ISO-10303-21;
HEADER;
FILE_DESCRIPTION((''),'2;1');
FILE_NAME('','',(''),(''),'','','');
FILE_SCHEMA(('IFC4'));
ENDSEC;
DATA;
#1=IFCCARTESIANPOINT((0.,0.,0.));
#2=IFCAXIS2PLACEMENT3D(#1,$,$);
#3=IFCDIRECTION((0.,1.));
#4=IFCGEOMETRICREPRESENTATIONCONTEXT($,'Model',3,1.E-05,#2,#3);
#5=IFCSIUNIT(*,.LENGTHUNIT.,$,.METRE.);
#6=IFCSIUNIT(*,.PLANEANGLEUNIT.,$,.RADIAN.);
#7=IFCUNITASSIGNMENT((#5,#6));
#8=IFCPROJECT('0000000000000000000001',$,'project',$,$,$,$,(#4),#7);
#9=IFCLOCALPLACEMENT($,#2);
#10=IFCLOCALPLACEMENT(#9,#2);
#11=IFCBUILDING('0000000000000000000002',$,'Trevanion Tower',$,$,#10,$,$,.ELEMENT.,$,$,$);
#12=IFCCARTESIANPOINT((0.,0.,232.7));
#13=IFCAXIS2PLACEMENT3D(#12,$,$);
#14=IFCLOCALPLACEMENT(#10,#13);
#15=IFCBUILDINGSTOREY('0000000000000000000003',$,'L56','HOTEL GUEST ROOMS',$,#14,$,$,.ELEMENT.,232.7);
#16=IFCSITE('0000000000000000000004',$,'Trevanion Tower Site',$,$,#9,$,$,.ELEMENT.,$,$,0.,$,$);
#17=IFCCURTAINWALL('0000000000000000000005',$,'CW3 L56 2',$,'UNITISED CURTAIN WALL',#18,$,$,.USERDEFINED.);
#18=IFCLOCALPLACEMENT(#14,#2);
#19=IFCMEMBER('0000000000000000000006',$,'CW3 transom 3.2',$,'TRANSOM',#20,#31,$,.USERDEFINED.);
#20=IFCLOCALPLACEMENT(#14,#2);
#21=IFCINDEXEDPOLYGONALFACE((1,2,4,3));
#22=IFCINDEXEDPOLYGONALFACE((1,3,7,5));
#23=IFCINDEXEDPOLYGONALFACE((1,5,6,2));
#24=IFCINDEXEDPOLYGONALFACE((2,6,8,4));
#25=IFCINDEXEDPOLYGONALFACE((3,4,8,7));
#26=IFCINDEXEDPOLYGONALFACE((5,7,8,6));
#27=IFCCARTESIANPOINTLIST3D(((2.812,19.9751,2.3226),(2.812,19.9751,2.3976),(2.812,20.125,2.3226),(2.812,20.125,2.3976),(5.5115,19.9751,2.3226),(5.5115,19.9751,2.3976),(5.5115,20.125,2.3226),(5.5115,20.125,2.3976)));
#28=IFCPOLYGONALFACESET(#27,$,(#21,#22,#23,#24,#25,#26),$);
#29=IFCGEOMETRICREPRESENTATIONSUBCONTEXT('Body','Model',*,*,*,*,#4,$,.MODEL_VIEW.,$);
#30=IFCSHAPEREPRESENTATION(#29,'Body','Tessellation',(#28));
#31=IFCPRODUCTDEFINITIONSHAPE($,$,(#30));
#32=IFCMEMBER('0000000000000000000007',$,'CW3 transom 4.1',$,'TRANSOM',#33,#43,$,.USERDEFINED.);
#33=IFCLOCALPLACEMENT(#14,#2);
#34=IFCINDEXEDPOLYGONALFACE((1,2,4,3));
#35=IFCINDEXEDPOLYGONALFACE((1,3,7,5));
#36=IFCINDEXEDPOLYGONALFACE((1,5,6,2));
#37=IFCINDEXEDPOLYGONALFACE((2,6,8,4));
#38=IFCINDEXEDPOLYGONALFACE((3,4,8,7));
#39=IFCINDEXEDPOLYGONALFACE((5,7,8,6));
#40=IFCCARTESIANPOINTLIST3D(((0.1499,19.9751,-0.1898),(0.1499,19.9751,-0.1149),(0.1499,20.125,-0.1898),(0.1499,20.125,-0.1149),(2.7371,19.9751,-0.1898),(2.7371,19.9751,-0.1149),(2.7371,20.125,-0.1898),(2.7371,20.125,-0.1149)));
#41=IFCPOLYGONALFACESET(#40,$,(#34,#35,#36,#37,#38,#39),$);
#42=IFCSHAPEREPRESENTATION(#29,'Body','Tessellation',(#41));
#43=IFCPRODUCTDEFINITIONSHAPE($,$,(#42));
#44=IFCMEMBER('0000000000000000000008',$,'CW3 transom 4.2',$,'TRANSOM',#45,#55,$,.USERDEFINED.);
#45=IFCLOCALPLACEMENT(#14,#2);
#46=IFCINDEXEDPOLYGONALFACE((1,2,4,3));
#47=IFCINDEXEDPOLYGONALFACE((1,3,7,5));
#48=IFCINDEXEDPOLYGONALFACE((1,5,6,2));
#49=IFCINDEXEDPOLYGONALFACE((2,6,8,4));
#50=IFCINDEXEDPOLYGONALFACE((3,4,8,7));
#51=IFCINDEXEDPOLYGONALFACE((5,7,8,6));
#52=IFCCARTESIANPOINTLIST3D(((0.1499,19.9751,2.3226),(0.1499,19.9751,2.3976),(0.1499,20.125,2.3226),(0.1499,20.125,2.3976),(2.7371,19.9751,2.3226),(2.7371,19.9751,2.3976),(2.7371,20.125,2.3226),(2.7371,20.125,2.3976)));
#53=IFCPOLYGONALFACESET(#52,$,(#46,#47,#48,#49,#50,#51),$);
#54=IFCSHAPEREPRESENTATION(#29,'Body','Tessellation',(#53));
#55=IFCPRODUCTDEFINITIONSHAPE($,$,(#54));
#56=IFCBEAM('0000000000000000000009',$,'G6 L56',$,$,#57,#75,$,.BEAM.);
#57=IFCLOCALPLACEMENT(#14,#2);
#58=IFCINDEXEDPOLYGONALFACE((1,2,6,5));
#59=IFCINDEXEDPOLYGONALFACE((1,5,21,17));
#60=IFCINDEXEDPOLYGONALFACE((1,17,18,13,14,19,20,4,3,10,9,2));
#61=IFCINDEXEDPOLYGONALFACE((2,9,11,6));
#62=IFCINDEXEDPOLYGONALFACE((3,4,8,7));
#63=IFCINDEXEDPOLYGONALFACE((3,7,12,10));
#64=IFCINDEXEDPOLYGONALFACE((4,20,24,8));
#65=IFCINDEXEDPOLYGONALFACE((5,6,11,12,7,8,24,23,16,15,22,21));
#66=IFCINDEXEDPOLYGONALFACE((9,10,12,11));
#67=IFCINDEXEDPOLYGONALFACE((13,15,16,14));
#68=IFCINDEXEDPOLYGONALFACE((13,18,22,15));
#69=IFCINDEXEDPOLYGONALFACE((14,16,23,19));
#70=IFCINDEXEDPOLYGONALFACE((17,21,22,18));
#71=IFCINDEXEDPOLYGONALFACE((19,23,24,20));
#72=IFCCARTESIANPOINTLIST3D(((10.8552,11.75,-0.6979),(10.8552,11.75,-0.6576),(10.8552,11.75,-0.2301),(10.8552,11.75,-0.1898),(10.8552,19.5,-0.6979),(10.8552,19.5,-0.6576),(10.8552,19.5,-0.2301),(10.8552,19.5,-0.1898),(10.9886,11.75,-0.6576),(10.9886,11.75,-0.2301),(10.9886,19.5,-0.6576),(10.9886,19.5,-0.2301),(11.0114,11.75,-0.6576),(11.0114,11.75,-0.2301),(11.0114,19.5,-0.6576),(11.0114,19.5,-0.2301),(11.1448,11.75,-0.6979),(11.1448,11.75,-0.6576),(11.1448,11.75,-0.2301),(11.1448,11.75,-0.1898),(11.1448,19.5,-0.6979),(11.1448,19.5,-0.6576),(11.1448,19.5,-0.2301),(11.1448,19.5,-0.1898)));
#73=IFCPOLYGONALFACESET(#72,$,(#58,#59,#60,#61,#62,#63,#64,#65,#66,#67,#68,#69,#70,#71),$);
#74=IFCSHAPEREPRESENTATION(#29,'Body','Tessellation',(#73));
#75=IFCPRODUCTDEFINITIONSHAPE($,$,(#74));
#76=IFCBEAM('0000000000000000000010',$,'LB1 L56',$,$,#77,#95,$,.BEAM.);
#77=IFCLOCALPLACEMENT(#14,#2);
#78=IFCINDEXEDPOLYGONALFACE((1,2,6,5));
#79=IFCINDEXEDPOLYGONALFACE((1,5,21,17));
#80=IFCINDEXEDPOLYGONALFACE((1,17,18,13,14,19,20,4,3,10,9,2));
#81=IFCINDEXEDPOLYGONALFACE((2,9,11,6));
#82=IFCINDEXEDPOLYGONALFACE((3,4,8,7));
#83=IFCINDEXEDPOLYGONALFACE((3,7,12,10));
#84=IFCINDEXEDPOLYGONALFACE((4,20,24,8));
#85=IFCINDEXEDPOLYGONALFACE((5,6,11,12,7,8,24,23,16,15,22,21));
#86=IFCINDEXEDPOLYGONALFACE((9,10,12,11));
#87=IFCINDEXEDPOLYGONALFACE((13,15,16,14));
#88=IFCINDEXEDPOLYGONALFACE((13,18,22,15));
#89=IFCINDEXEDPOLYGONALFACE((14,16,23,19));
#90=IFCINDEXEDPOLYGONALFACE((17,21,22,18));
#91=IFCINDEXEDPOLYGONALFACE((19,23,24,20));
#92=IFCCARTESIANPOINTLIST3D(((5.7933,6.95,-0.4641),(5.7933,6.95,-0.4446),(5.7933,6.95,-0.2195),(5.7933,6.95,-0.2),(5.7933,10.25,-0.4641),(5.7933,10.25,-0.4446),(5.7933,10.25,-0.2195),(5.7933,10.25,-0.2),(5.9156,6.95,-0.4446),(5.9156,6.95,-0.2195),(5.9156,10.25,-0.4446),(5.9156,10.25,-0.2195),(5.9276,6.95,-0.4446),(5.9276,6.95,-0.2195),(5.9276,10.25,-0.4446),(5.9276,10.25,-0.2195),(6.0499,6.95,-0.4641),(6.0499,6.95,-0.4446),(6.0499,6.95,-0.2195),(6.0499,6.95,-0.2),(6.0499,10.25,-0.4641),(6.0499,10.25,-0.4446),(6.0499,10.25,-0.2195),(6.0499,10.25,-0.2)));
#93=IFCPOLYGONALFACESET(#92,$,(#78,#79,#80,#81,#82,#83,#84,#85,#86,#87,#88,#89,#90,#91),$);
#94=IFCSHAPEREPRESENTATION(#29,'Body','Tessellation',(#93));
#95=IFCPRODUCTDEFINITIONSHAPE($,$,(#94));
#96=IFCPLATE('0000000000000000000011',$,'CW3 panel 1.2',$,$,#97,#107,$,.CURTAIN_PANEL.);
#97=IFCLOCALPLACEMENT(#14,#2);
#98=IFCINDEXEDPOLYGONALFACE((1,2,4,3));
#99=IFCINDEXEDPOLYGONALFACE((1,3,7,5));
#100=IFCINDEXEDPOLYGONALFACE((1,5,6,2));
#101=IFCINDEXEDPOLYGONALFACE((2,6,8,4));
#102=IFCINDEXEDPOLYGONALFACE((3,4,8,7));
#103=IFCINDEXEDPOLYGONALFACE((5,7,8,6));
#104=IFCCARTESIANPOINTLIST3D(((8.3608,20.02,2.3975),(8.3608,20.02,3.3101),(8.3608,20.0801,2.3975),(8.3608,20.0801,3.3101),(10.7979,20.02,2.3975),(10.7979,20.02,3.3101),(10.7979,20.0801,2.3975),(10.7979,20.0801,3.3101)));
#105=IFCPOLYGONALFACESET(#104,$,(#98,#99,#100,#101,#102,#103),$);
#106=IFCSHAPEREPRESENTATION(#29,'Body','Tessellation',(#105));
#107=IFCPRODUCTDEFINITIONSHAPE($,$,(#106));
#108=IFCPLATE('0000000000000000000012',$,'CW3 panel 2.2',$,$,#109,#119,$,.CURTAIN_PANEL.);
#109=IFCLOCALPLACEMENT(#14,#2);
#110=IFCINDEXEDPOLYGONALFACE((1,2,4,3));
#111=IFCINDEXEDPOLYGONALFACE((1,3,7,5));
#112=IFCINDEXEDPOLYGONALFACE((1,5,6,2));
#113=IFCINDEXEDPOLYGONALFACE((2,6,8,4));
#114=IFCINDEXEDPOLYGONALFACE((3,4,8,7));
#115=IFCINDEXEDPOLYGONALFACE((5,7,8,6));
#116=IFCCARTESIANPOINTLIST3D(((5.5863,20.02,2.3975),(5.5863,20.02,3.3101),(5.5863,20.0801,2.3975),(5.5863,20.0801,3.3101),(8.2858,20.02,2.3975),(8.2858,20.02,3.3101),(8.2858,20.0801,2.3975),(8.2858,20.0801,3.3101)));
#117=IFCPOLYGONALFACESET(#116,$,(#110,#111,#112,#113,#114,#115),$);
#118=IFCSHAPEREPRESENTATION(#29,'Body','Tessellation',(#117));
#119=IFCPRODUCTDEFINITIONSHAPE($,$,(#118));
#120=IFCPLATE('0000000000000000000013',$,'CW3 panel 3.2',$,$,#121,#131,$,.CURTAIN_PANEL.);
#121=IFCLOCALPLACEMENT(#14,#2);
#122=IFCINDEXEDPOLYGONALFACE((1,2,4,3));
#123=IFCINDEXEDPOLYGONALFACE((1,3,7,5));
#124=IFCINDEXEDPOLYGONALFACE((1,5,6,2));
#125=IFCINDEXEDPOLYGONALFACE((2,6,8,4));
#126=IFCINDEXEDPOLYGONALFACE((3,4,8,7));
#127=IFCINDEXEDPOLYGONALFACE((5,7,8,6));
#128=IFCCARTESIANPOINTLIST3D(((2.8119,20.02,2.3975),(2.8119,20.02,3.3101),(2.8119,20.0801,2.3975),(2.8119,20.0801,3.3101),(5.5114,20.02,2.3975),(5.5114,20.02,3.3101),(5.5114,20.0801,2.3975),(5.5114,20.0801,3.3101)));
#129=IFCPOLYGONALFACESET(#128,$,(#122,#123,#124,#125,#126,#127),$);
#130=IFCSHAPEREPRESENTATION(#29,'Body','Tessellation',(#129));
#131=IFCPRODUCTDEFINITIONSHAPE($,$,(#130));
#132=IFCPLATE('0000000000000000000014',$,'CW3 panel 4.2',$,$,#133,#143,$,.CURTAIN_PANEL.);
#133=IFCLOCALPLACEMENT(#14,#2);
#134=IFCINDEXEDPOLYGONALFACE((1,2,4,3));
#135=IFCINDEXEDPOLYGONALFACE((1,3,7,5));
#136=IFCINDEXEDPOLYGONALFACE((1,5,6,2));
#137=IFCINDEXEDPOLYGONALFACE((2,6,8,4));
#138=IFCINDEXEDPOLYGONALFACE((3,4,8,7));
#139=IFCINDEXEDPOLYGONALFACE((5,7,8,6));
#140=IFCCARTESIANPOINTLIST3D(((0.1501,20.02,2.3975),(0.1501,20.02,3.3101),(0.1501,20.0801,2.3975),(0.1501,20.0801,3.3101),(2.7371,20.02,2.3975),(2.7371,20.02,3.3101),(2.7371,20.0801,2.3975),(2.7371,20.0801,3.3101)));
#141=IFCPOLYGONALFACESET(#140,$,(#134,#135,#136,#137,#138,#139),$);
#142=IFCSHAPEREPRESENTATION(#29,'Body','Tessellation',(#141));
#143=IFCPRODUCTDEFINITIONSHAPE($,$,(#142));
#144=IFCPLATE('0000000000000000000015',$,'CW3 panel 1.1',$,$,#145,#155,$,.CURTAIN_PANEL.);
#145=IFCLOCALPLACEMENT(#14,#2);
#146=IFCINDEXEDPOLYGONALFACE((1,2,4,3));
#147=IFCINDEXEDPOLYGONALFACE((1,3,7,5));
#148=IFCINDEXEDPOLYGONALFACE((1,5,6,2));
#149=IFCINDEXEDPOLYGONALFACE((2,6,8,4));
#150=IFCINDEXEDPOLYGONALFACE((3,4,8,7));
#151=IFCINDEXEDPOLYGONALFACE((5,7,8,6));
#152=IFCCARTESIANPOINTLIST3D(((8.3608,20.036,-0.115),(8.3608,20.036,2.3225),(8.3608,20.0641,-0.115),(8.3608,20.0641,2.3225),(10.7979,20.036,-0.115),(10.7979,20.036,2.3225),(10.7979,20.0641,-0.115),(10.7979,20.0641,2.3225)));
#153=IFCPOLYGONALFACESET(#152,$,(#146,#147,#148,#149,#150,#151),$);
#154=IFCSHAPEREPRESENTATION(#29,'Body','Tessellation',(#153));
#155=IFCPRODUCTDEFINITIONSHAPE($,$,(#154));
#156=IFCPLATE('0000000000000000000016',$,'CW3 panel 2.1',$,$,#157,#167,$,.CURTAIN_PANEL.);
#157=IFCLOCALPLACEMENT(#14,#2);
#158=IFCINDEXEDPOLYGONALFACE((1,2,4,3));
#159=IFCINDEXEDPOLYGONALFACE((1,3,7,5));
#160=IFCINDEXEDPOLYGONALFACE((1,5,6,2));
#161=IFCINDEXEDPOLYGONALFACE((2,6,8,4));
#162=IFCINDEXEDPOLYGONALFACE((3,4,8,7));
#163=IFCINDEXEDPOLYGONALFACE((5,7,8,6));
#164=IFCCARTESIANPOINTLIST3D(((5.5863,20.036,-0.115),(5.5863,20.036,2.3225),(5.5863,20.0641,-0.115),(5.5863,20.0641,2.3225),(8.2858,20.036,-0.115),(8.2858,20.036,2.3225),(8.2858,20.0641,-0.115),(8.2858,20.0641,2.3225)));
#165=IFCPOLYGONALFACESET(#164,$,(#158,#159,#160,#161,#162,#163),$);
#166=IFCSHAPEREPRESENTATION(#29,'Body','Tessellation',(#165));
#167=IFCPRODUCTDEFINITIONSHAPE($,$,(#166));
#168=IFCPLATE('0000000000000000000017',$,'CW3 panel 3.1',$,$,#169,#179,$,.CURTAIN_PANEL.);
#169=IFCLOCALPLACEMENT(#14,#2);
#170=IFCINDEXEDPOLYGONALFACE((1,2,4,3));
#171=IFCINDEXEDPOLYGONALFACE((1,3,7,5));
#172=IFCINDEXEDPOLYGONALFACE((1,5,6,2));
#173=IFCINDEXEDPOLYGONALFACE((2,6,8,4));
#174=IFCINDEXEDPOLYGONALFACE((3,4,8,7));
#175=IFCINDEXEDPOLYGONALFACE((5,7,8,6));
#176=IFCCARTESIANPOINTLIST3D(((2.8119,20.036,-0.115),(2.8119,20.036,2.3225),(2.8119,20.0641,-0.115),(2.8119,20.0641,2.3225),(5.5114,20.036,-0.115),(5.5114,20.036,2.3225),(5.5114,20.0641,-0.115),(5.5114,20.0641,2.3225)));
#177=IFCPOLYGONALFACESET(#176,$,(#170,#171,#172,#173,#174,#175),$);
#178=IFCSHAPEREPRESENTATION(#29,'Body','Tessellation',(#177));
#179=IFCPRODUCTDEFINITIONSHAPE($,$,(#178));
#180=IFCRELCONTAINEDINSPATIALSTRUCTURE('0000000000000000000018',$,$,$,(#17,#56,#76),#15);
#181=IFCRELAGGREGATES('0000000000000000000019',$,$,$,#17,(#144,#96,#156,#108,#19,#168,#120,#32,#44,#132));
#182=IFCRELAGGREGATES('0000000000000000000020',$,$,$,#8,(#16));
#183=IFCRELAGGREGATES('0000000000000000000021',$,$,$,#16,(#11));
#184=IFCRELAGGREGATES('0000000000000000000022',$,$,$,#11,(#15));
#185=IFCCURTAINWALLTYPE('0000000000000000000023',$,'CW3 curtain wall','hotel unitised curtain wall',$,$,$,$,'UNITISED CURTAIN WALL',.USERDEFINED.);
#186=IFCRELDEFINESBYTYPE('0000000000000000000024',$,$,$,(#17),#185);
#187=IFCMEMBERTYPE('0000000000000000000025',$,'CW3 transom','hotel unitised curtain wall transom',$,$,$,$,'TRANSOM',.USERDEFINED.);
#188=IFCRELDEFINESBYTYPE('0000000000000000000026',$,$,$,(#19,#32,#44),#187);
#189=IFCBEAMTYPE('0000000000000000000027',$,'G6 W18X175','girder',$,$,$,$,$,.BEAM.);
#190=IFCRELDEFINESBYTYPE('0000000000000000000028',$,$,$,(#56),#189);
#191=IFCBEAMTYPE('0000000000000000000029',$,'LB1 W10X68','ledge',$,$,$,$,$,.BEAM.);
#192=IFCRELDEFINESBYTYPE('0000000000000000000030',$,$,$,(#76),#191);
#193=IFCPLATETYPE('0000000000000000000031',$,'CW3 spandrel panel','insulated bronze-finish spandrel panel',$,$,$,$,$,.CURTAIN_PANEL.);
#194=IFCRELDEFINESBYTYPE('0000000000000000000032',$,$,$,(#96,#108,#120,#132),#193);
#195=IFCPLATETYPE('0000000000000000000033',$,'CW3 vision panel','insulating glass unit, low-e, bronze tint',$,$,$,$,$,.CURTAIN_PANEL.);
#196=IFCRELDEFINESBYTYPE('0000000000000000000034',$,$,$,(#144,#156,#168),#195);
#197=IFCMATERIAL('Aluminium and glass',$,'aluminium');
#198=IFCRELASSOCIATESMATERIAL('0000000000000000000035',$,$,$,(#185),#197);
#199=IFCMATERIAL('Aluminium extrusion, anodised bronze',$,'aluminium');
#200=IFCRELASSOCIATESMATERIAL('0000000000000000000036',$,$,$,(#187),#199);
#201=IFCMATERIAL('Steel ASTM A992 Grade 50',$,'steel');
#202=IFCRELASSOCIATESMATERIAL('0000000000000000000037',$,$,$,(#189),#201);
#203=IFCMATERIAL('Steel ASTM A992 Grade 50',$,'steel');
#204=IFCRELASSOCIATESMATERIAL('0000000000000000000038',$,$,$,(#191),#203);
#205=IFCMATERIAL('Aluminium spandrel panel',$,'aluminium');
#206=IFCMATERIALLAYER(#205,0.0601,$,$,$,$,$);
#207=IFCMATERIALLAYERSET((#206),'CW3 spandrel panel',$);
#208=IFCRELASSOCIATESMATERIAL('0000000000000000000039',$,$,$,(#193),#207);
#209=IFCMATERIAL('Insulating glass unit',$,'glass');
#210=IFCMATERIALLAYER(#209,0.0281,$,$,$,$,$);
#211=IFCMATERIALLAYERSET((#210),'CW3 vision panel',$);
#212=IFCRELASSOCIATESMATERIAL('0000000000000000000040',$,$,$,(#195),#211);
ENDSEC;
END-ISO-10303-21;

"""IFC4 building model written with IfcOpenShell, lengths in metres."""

from ifc_helpers import new_model, si_unit, direction, frame, origin, origin_2d, place, context, subcontext, project, spatial, rectangle, i_section, extrude, material, layer, layer_set, material_profile, profile_set, type_object, element, aggregate, save


model = new_model("IFC4")

# Units and contexts
model_context = context("Model", 3, precision=1e-05, world=origin(), true_north=direction((0.0, 1.0)))
body_context = subcontext(model_context, "Body", "Model", "MODEL_VIEW")
ifc_project = project(units=[si_unit("LENGTHUNIT", "METRE"), si_unit("PLANEANGLEUNIT", "RADIAN")], contexts=[model_context])

# Site, building, storey
site_placement = place(None, origin())
site = spatial("IfcSite", under=ifc_project, at=site_placement, Name="Trevanion Tower Site", CompositionType="ELEMENT", RefElevation=0.0)
building_placement = place(site_placement, origin())
building = spatial("IfcBuilding", under=site, at=building_placement, Name="Trevanion Tower", CompositionType="ELEMENT")
storey_placement = place(building_placement, frame((0.0, 0.0, 232.7)))
storey = spatial("IfcBuildingStorey", under=building, at=storey_placement, Name="L56", Description="HOTEL GUEST ROOMS", CompositionType="ELEMENT", Elevation=232.7)

# Curtain wall, members
ifc_material_1 = material(Name="Aluminium and glass", Category="aluminium")
curtain_wall_type = type_object("IfcCurtainWallType", Name="CW3 curtain wall", Description="hotel unitised curtain wall", ElementType="UNITISED CURTAIN WALL", PredefinedType="USERDEFINED", material=ifc_material_1)
curtain_wall_placement = place(storey_placement, origin())
curtain_wall = element("IfcCurtainWall", 1, at=curtain_wall_placement, inside=storey, type_object=curtain_wall_type, Name="CW3 L56 2", ObjectType="UNITISED CURTAIN WALL", PredefinedType="USERDEFINED")
ifc_material_2 = material(Name="Aluminium extrusion, anodised bronze", Category="aluminium")
ifc_material_profile_1 = material_profile(ifc_material_2, rectangle(XDim=0.1499, YDim=0.075, at=origin_2d()), Name="CW3 transom")
ifc_profile_set_1 = profile_set([ifc_material_profile_1], Name="Aluminium extrusion, anodised bronze")
member_type_1 = type_object("IfcMemberType", Name="CW3 transom", Description="hotel unitised curtain wall transom", ElementType="TRANSOM", PredefinedType="USERDEFINED", material=ifc_profile_set_1)
member_1_placement = place(storey_placement, frame((5.5115, 20.05, 2.3601), z_axis=(-1.0, 0.0, 0.0), x_axis=(0.0, -1.0, 0.0)))
member_1 = element("IfcMember", 2, at=member_1_placement, type_object=member_type_1, Name="CW3 transom 3.2", ObjectType="TRANSOM", PredefinedType="USERDEFINED", context=body_context, shape_type="SweptSolid", body=[
    extrude(rectangle(XDim=0.1499, YDim=0.075, at=origin_2d()), origin(), (0.0, 0.0, 1.0), 2.6995),
])
member_2_placement = place(storey_placement, frame((2.7371, 20.05, -0.1523), z_axis=(-1.0, 0.0, 0.0), x_axis=(0.0, -1.0, 0.0)))
member_2 = element("IfcMember", 3, at=member_2_placement, type_object=member_type_1, Name="CW3 transom 4.1", ObjectType="TRANSOM", PredefinedType="USERDEFINED", context=body_context, shape_type="SweptSolid", body=[
    extrude(rectangle(XDim=0.1499, YDim=0.075, at=origin_2d()), origin(), (0.0, 0.0, 1.0), 2.5872),
])
member_3_placement = place(storey_placement, frame((2.7371, 20.05, 2.3601), z_axis=(-1.0, 0.0, 0.0), x_axis=(0.0, -1.0, 0.0)))
member_3 = element("IfcMember", 4, at=member_3_placement, type_object=member_type_1, Name="CW3 transom 4.2", ObjectType="TRANSOM", PredefinedType="USERDEFINED", context=body_context, shape_type="SweptSolid", body=[
    extrude(rectangle(XDim=0.1499, YDim=0.075, at=origin_2d()), origin(), (0.0, 0.0, 1.0), 2.5872),
])

# Beams
ifc_material_3 = material(Name="Steel ASTM A992 Grade 50", Category="steel")
ifc_material_profile_2 = material_profile(ifc_material_3, i_section(OverallWidth=0.2896, OverallDepth=0.5081, WebThickness=0.0227, FlangeThickness=0.0403, at=origin_2d()), Name="W18X175")
ifc_profile_set_2 = profile_set([ifc_material_profile_2], Name="Steel ASTM A992 Grade 50")
beam_type_1 = type_object("IfcBeamType", Name="G6 W18X175", Description="girder", PredefinedType="BEAM", material=ifc_profile_set_2)
beam_1_placement = place(storey_placement, frame((11.0, 11.75, -0.4438), z_axis=(0.0, 1.0, 0.0), x_axis=(-1.0, 0.0, 0.0)))
element("IfcBeam", 5, at=beam_1_placement, inside=storey, type_object=beam_type_1, Name="G6 L56", PredefinedType="BEAM", context=body_context, shape_type="SweptSolid", body=[
    extrude(i_section(OverallWidth=0.2896, OverallDepth=0.5081, WebThickness=0.0227, FlangeThickness=0.0403, at=origin_2d()), origin(), (0.0, 0.0, 1.0), 7.75),
])
ifc_material_4 = material(Name="Steel ASTM A992 Grade 50", Category="steel")
ifc_material_profile_3 = material_profile(ifc_material_4, i_section(OverallWidth=0.2566, OverallDepth=0.2642, WebThickness=0.012, FlangeThickness=0.0195, at=origin_2d()), Name="W10X68")
ifc_profile_set_3 = profile_set([ifc_material_profile_3], Name="Steel ASTM A992 Grade 50")
beam_type_2 = type_object("IfcBeamType", Name="LB1 W10X68", Description="ledge", PredefinedType="BEAM", material=ifc_profile_set_3)
beam_2_placement = place(storey_placement, frame((5.9216, 6.95, -0.332), z_axis=(0.0, 1.0, 0.0), x_axis=(-1.0, 0.0, 0.0)))
element("IfcBeam", 6, at=beam_2_placement, inside=storey, type_object=beam_type_2, Name="LB1 L56", PredefinedType="BEAM", context=body_context, shape_type="SweptSolid", body=[
    extrude(i_section(OverallWidth=0.2566, OverallDepth=0.2642, WebThickness=0.012, FlangeThickness=0.0195, at=origin_2d()), origin(), (0.0, 0.0, 1.0), 3.3),
])

# Plates
ifc_material_5 = material(Name="Aluminium spandrel panel", Category="aluminium")
ifc_layer_1 = layer(ifc_material_5, 0.0601)
ifc_layer_set_1 = layer_set([ifc_layer_1], Name="CW3 spandrel panel")
plate_type_1 = type_object("IfcPlateType", Name="CW3 spandrel panel", Description="insulated bronze-finish spandrel panel", PredefinedType="CURTAIN_PANEL", material=ifc_layer_set_1)
plate_1_placement = place(storey_placement, frame((9.5793, 20.05, 2.3975), z_axis=(0.0, 0.0, 1.0), x_axis=(-1.0, 0.0, 0.0)))
plate_1 = element("IfcPlate", 7, at=plate_1_placement, type_object=plate_type_1, Name="CW3 panel 1.2", PredefinedType="CURTAIN_PANEL", context=body_context, shape_type="SweptSolid", body=[
    extrude(rectangle(XDim=2.437, YDim=0.0601, at=origin_2d()), origin(), (0.0, 0.0, 1.0), 0.9126),
])
plate_2_placement = place(storey_placement, frame((6.936, 20.05, 2.3975), z_axis=(0.0, 0.0, 1.0), x_axis=(-1.0, 0.0, 0.0)))
plate_2 = element("IfcPlate", 8, at=plate_2_placement, type_object=plate_type_1, Name="CW3 panel 2.2", PredefinedType="CURTAIN_PANEL", context=body_context, shape_type="SweptSolid", body=[
    extrude(rectangle(XDim=2.6995, YDim=0.0601, at=origin_2d()), origin(), (0.0, 0.0, 1.0), 0.9126),
])
plate_3_placement = place(storey_placement, frame((4.1616, 20.05, 2.3975), z_axis=(0.0, 0.0, 1.0), x_axis=(-1.0, 0.0, 0.0)))
plate_3 = element("IfcPlate", 9, at=plate_3_placement, type_object=plate_type_1, Name="CW3 panel 3.2", PredefinedType="CURTAIN_PANEL", context=body_context, shape_type="SweptSolid", body=[
    extrude(rectangle(XDim=2.6995, YDim=0.0601, at=origin_2d()), origin(), (0.0, 0.0, 1.0), 0.9126),
])
plate_4_placement = place(storey_placement, frame((1.4436, 20.05, 2.3975), z_axis=(0.0, 0.0, 1.0), x_axis=(-1.0, 0.0, 0.0)))
plate_4 = element("IfcPlate", 10, at=plate_4_placement, type_object=plate_type_1, Name="CW3 panel 4.2", PredefinedType="CURTAIN_PANEL", context=body_context, shape_type="SweptSolid", body=[
    extrude(rectangle(XDim=2.5869, YDim=0.0601, at=origin_2d()), origin(), (0.0, 0.0, 1.0), 0.9126),
])
ifc_material_6 = material(Name="Insulating glass unit", Category="glass")
ifc_layer_2 = layer(ifc_material_6, 0.0281)
ifc_layer_set_2 = layer_set([ifc_layer_2], Name="CW3 vision panel")
plate_type_2 = type_object("IfcPlateType", Name="CW3 vision panel", Description="insulating glass unit, low-e, bronze tint", PredefinedType="CURTAIN_PANEL", material=ifc_layer_set_2)
plate_5_placement = place(storey_placement, frame((9.5793, 20.05, -0.115), z_axis=(0.0, 0.0, 1.0), x_axis=(-1.0, 0.0, 0.0)))
plate_5 = element("IfcPlate", 11, at=plate_5_placement, type_object=plate_type_2, Name="CW3 panel 1.1", PredefinedType="CURTAIN_PANEL", context=body_context, shape_type="SweptSolid", body=[
    extrude(rectangle(XDim=2.437, YDim=0.0281, at=origin_2d()), origin(), (0.0, 0.0, 1.0), 2.4375),
])
plate_6_placement = place(storey_placement, frame((6.936, 20.05, -0.115), z_axis=(0.0, 0.0, 1.0), x_axis=(-1.0, 0.0, 0.0)))
plate_6 = element("IfcPlate", 12, at=plate_6_placement, type_object=plate_type_2, Name="CW3 panel 2.1", PredefinedType="CURTAIN_PANEL", context=body_context, shape_type="SweptSolid", body=[
    extrude(rectangle(XDim=2.6995, YDim=0.0281, at=origin_2d()), origin(), (0.0, 0.0, 1.0), 2.4375),
])
plate_7_placement = place(storey_placement, frame((4.1616, 20.05, -0.115), z_axis=(0.0, 0.0, 1.0), x_axis=(-1.0, 0.0, 0.0)))
plate_7 = element("IfcPlate", 13, at=plate_7_placement, type_object=plate_type_2, Name="CW3 panel 3.1", PredefinedType="CURTAIN_PANEL", context=body_context, shape_type="SweptSolid", body=[
    extrude(rectangle(XDim=2.6995, YDim=0.0281, at=origin_2d()), origin(), (0.0, 0.0, 1.0), 2.4375),
])
aggregate(curtain_wall, [plate_5, plate_1, plate_6, plate_2, member_1, plate_7, plate_3, member_2, member_3, plate_4])

save(model, "model.ifc")
